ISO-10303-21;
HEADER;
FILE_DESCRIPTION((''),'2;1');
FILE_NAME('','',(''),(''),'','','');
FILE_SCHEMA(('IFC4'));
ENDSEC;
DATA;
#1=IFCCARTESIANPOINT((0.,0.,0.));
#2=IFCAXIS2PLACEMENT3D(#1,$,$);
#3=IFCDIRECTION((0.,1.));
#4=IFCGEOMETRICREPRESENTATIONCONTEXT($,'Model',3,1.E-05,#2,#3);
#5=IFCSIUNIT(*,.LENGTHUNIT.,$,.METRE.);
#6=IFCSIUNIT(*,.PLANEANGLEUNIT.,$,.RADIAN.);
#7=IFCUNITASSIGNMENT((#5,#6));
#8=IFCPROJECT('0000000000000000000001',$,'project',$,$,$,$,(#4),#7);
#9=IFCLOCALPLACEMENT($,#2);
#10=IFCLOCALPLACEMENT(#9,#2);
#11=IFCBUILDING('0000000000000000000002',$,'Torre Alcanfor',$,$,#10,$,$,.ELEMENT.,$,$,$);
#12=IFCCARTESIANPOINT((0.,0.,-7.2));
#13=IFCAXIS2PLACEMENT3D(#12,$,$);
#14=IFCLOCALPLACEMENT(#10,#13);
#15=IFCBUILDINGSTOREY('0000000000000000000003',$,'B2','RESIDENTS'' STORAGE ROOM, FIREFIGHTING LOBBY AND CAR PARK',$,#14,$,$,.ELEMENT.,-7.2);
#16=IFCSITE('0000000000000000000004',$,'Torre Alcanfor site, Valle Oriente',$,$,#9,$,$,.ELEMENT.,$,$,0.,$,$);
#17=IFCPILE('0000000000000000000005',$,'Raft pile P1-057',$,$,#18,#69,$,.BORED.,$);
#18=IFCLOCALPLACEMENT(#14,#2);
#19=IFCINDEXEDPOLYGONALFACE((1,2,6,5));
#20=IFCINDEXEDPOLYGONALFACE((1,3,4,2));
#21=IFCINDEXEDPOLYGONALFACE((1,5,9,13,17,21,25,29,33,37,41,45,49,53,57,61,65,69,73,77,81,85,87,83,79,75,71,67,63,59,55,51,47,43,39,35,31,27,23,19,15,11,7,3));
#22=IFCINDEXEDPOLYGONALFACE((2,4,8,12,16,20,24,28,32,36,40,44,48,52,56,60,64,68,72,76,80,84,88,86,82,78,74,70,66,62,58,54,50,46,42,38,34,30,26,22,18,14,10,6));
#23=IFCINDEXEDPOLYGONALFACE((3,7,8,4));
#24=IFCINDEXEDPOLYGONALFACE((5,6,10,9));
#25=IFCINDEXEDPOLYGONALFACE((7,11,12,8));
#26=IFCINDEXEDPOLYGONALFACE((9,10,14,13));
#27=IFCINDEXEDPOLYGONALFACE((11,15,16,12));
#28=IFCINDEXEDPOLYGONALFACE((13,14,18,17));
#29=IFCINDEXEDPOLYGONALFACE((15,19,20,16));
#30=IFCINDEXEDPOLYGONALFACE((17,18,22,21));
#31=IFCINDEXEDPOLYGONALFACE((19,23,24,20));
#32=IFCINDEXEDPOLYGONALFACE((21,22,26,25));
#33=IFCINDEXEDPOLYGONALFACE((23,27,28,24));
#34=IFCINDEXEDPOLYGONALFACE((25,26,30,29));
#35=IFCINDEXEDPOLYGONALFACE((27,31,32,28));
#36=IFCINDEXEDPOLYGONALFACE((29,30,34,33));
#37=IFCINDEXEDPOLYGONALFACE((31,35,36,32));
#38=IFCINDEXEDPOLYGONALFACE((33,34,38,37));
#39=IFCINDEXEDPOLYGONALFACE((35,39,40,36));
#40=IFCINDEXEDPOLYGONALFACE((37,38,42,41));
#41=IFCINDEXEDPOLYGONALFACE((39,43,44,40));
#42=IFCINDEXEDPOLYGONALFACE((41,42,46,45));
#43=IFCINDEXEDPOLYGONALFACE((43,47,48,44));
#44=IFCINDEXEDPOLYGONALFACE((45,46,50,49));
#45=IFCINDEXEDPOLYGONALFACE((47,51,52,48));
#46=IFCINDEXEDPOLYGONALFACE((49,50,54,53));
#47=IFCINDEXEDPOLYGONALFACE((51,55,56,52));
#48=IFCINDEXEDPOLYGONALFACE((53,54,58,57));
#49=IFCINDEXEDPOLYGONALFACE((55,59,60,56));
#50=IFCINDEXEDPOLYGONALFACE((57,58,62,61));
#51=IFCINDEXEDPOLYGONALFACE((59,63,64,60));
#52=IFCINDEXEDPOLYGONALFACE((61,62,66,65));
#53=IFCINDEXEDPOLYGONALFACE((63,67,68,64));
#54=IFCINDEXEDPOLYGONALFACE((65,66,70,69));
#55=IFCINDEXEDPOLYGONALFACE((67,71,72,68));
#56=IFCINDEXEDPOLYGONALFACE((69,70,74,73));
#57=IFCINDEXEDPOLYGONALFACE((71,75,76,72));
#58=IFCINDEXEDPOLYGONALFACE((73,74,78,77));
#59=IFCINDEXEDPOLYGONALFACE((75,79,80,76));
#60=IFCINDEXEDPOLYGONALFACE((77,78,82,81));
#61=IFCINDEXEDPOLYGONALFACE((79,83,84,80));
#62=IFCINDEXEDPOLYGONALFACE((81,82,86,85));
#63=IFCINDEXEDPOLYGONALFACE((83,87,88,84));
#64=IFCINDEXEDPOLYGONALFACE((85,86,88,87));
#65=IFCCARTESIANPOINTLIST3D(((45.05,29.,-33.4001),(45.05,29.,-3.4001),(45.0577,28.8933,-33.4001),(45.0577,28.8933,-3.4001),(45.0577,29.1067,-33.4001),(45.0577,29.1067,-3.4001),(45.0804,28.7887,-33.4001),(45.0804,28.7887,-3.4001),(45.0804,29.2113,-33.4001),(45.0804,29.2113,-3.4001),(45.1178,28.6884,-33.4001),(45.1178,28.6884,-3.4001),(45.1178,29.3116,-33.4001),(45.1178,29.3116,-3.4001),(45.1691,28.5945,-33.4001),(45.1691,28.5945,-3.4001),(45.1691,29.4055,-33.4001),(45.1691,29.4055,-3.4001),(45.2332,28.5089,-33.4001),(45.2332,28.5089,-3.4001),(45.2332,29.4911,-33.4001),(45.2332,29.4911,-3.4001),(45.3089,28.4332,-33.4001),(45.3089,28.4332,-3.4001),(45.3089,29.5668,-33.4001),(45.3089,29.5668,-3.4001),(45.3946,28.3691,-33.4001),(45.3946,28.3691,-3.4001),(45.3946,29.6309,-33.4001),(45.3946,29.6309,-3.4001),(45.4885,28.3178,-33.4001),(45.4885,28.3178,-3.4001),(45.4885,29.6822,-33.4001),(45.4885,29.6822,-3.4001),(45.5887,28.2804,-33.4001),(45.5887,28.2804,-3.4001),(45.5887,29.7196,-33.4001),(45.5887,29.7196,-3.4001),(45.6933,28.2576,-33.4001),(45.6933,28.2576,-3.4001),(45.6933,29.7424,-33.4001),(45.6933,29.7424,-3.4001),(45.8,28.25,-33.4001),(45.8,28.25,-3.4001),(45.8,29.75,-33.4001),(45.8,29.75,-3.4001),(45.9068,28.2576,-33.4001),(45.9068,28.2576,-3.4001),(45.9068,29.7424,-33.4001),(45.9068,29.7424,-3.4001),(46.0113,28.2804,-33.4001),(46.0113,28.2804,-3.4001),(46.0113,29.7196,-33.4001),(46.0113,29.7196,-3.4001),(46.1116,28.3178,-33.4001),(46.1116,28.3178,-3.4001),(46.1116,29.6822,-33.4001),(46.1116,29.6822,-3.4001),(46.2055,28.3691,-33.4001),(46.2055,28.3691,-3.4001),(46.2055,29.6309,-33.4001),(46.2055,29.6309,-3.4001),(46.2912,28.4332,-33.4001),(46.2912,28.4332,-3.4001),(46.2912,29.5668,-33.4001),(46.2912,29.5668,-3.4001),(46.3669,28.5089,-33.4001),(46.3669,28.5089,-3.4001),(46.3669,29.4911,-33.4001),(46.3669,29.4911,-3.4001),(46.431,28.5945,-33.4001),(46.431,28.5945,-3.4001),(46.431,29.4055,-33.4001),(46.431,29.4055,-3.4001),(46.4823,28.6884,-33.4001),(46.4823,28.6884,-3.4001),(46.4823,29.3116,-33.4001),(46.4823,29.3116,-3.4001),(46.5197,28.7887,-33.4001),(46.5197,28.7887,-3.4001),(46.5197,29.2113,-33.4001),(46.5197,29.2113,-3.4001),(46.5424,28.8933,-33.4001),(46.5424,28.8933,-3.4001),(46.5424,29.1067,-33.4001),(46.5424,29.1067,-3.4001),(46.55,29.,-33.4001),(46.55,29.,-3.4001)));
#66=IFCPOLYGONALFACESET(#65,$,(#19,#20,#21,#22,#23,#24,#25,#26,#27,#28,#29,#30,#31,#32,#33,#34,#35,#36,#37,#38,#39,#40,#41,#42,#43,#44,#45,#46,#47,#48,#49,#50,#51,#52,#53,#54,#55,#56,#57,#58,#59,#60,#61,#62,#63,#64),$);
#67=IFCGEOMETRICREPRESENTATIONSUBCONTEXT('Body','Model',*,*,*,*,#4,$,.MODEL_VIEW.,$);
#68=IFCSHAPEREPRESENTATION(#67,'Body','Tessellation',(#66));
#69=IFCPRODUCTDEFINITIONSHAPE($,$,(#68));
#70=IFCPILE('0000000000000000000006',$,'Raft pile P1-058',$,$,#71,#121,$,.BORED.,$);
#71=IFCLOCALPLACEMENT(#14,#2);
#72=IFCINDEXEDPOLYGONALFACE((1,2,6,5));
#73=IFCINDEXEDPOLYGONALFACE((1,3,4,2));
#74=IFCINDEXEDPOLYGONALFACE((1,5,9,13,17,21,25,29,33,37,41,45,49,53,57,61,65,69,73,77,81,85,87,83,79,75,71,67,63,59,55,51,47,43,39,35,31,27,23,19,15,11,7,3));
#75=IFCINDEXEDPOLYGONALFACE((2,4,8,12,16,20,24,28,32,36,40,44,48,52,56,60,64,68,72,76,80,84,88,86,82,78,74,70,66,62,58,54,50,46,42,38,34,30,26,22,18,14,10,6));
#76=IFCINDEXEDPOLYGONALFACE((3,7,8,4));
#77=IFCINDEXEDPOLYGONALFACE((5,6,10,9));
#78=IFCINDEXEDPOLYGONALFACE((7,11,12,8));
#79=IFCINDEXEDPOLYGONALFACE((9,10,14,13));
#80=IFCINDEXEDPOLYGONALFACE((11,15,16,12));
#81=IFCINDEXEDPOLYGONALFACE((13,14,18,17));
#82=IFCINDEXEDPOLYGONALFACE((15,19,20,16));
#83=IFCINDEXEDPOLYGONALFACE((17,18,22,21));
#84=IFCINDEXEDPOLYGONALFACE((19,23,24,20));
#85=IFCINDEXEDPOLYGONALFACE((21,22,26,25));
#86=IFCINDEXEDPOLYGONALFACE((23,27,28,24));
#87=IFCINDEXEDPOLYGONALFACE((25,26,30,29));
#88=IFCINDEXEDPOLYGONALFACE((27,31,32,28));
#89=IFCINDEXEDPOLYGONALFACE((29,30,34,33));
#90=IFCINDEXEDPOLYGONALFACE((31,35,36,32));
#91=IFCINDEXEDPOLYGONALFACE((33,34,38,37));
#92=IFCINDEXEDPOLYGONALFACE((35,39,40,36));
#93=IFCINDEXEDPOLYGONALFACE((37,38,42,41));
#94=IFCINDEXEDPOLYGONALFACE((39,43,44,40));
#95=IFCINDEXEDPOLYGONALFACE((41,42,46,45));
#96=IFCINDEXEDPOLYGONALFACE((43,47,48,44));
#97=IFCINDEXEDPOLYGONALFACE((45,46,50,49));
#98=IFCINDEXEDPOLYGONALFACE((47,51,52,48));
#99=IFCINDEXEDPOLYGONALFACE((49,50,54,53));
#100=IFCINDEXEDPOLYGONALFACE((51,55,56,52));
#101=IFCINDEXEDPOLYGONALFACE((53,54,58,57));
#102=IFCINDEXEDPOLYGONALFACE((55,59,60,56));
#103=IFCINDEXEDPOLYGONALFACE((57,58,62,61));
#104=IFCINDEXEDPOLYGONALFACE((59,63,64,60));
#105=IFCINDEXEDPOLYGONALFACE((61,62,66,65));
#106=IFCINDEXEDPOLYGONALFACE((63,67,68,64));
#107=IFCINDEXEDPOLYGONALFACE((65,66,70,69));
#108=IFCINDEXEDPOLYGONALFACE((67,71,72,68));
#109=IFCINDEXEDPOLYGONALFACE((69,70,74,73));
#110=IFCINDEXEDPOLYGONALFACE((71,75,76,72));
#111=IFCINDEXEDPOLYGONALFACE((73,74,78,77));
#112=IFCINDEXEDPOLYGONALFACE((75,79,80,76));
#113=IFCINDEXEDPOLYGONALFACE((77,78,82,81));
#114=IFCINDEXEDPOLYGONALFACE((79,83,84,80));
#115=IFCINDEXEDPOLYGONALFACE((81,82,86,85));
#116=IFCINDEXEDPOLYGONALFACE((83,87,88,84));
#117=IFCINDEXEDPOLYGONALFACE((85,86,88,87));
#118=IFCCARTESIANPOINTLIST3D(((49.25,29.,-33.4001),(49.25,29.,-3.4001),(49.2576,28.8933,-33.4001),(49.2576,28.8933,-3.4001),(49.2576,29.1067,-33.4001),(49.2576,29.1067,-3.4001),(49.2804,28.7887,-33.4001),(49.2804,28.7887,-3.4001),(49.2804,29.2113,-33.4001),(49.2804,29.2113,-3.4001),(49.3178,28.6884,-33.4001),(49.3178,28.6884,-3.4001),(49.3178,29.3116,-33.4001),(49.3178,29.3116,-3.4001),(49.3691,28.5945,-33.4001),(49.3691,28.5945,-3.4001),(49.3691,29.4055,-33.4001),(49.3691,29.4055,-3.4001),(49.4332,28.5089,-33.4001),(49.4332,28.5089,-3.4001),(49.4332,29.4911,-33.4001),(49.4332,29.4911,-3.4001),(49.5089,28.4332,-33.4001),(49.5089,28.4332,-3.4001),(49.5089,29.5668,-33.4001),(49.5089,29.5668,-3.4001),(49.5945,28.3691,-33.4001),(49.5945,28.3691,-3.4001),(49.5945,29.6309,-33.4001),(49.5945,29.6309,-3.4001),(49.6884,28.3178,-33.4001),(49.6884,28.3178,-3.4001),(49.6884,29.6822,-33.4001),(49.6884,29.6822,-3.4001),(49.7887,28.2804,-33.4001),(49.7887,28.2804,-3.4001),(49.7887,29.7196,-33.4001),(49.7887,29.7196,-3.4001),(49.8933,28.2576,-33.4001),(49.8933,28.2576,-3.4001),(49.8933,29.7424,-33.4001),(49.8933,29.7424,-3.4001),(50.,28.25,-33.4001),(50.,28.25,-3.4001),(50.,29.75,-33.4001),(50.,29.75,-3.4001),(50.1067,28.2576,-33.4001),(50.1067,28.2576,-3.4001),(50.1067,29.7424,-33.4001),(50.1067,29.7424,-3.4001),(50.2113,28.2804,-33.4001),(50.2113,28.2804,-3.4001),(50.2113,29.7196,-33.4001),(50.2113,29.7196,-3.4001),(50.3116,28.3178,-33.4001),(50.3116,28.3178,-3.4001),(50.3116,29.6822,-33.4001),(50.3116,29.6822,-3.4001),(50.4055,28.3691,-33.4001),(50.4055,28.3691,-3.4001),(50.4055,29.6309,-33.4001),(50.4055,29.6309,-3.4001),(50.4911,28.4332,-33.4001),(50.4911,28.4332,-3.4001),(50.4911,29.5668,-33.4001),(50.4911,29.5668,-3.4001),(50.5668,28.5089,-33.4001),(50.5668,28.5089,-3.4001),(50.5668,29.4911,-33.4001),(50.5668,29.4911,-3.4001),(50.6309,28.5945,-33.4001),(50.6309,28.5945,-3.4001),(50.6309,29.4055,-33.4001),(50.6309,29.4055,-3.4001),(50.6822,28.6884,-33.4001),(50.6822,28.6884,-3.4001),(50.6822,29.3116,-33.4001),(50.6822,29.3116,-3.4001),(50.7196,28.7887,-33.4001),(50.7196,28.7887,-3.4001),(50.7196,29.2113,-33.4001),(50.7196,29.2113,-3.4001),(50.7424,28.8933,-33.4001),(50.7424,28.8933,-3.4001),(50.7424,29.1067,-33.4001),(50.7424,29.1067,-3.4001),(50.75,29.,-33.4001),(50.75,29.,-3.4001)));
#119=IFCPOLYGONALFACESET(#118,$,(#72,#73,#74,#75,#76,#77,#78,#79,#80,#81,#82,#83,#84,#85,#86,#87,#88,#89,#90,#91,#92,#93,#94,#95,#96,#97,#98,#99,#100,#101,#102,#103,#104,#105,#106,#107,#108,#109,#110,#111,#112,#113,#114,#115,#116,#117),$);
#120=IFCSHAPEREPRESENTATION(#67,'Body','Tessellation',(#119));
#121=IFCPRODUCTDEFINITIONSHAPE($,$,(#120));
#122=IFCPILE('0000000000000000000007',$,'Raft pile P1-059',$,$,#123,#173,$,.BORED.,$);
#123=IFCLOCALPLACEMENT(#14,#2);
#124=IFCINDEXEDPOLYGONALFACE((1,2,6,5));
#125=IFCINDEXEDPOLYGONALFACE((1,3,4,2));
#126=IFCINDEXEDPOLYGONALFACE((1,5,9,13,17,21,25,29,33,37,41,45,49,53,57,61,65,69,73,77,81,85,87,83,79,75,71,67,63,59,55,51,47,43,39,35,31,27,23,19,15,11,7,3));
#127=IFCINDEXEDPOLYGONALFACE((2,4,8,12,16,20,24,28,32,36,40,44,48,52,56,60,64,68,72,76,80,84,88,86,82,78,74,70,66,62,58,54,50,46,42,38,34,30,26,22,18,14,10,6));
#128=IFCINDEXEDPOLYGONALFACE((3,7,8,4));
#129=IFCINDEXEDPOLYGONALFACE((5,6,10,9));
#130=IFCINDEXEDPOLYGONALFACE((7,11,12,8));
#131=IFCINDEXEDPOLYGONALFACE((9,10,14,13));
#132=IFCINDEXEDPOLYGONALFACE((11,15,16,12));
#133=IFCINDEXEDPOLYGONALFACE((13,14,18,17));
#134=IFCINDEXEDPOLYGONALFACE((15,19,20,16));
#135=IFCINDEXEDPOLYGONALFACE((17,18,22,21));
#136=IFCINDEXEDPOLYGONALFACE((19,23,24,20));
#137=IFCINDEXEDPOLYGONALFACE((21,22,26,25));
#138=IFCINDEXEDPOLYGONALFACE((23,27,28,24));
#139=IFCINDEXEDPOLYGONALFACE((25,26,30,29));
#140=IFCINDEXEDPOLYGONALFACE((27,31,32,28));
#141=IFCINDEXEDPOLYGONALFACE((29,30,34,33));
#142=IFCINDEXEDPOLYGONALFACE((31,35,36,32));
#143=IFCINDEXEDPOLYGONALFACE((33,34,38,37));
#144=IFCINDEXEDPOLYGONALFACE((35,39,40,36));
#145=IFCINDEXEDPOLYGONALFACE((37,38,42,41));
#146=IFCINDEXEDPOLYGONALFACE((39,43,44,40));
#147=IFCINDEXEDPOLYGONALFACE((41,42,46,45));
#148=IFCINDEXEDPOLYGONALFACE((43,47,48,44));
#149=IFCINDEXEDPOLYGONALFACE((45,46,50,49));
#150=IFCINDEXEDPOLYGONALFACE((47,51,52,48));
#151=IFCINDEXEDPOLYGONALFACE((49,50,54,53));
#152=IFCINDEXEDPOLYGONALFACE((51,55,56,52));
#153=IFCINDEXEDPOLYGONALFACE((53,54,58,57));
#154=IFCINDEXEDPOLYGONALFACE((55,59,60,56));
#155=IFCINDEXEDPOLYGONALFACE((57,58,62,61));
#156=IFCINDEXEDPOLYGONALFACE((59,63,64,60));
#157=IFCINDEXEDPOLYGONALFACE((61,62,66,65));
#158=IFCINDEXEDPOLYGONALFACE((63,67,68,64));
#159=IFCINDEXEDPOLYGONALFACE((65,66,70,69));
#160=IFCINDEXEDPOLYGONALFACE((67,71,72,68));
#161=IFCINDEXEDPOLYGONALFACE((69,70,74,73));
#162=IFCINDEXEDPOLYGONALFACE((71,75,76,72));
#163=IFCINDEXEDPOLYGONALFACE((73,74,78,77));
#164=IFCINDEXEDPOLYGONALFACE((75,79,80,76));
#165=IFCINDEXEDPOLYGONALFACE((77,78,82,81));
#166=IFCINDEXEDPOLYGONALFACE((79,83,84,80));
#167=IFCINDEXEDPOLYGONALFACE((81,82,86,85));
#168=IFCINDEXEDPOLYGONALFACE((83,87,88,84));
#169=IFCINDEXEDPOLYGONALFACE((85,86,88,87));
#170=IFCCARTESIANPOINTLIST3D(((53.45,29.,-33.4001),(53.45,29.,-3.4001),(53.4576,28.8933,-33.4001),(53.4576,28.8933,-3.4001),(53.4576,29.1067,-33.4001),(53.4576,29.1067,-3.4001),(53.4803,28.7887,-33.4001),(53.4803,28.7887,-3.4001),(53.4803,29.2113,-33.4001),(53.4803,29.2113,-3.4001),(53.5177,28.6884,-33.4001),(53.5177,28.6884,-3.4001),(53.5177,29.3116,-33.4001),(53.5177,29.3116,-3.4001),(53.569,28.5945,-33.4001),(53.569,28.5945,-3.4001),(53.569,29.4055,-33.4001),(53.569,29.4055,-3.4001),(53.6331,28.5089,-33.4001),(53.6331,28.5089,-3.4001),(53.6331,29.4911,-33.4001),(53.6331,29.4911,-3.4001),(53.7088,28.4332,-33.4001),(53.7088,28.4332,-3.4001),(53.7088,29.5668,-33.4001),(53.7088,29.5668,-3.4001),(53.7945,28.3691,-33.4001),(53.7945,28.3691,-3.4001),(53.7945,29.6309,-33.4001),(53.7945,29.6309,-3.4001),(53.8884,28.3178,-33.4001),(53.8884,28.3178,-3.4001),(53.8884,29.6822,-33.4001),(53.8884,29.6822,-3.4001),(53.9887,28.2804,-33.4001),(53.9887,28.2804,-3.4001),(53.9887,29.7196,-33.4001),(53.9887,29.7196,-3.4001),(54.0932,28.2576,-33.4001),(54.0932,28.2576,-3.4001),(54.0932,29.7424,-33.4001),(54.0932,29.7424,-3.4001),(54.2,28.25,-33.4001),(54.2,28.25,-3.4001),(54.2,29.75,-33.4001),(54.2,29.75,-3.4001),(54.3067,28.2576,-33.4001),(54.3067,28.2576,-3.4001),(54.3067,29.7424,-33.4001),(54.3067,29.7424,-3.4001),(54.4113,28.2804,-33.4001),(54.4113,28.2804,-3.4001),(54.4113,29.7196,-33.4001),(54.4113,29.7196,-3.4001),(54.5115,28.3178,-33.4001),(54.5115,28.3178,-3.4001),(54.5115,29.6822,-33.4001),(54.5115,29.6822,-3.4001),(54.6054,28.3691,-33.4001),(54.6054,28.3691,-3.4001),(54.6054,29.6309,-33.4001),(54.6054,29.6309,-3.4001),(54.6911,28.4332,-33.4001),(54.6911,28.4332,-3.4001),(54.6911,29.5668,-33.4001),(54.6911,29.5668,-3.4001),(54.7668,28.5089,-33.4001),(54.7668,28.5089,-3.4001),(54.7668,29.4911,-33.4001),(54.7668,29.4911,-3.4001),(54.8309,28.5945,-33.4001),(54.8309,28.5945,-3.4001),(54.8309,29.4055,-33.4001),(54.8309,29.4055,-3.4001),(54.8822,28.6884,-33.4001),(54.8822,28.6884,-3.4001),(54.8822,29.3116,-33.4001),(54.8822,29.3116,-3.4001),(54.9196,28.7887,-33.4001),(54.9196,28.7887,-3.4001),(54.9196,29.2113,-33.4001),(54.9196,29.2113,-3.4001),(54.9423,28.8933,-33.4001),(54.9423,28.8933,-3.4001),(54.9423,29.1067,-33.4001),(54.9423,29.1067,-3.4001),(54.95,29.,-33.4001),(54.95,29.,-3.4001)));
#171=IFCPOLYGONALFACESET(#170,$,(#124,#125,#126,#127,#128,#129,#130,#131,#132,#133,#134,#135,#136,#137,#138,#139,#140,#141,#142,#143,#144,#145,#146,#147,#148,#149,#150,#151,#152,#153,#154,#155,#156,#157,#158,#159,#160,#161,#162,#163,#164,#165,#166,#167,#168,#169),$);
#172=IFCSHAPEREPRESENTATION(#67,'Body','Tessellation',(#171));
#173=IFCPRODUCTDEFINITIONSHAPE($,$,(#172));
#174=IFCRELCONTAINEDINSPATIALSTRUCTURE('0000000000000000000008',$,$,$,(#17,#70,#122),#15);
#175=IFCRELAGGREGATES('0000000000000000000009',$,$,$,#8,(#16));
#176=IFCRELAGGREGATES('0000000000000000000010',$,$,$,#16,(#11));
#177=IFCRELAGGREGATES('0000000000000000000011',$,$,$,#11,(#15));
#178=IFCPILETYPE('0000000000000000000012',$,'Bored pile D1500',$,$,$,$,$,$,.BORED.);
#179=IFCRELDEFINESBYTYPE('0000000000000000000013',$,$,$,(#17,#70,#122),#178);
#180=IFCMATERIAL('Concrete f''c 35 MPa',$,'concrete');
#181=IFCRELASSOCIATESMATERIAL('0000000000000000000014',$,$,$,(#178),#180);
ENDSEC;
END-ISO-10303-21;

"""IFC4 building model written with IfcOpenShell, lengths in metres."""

from ifc_helpers import new_model, si_unit, direction, frame, origin, origin_2d, place, context, subcontext, project, spatial, circle, extrude, material, material_profile, profile_set, type_object, element, save


model = new_model("IFC4")

# Units and contexts
model_context = context("Model", 3, precision=1e-05, world=origin(), true_north=direction((0.0, 1.0)))
body_context = subcontext(model_context, "Body", "Model", "MODEL_VIEW")
ifc_project = project(units=[si_unit("LENGTHUNIT", "METRE"), si_unit("PLANEANGLEUNIT", "RADIAN")], contexts=[model_context])

# Site, building, storey
site_placement = place(None, origin())
site = spatial("IfcSite", under=ifc_project, at=site_placement, Name="Torre Alcanfor site, Valle Oriente", CompositionType="ELEMENT", RefElevation=0.0)
building_placement = place(site_placement, origin())
building = spatial("IfcBuilding", under=site, at=building_placement, Name="Torre Alcanfor", CompositionType="ELEMENT")
storey_placement = place(building_placement, frame((0.0, 0.0, -7.2)))
storey = spatial("IfcBuildingStorey", under=building, at=storey_placement, Name="B2", Description="RESIDENTS' STORAGE ROOM, FIREFIGHTING LOBBY AND CAR PARK", CompositionType="ELEMENT", Elevation=-7.2)

# Piles
ifc_material_1 = material(Name="Concrete f'c 35 MPa", Category="concrete")
ifc_material_profile_1 = material_profile(ifc_material_1, circle(Radius=0.75, at=origin_2d()), Name="D1500")
ifc_profile_set_1 = profile_set([ifc_material_profile_1], Name="Concrete f'c 35 MPa")
pile_type = type_object("IfcPileType", Name="Bored pile D1500", PredefinedType="BORED", material=ifc_profile_set_1)
for number, where, z_axis, x_axis, name in (
    (1, (45.8, 29.0, -3.4001), (0.0, 0.0, -1.0), (1.0, 0.0, 0.0), "Raft pile P1-057"),
    (2, (50.0, 29.0, -3.4001), (0.0, 0.0, -1.0), (1.0, 0.0, 0.0), "Raft pile P1-058"),
    (3, (54.2, 29.0, -3.4001), (0.0, 0.0, -1.0), (1.0, 0.0, 0.0), "Raft pile P1-059"),
):
    element("IfcPile", number, at=place(storey_placement, frame(where, z_axis=z_axis, x_axis=x_axis)), inside=storey, type_object=pile_type, Name=name, PredefinedType="BORED", context=body_context, shape_type="SweptSolid", body=[
        extrude(circle(Radius=0.75, at=origin_2d()), origin(), (0.0, 0.0, 1.0), 30.0),
    ])

save(model, "model.ifc")
